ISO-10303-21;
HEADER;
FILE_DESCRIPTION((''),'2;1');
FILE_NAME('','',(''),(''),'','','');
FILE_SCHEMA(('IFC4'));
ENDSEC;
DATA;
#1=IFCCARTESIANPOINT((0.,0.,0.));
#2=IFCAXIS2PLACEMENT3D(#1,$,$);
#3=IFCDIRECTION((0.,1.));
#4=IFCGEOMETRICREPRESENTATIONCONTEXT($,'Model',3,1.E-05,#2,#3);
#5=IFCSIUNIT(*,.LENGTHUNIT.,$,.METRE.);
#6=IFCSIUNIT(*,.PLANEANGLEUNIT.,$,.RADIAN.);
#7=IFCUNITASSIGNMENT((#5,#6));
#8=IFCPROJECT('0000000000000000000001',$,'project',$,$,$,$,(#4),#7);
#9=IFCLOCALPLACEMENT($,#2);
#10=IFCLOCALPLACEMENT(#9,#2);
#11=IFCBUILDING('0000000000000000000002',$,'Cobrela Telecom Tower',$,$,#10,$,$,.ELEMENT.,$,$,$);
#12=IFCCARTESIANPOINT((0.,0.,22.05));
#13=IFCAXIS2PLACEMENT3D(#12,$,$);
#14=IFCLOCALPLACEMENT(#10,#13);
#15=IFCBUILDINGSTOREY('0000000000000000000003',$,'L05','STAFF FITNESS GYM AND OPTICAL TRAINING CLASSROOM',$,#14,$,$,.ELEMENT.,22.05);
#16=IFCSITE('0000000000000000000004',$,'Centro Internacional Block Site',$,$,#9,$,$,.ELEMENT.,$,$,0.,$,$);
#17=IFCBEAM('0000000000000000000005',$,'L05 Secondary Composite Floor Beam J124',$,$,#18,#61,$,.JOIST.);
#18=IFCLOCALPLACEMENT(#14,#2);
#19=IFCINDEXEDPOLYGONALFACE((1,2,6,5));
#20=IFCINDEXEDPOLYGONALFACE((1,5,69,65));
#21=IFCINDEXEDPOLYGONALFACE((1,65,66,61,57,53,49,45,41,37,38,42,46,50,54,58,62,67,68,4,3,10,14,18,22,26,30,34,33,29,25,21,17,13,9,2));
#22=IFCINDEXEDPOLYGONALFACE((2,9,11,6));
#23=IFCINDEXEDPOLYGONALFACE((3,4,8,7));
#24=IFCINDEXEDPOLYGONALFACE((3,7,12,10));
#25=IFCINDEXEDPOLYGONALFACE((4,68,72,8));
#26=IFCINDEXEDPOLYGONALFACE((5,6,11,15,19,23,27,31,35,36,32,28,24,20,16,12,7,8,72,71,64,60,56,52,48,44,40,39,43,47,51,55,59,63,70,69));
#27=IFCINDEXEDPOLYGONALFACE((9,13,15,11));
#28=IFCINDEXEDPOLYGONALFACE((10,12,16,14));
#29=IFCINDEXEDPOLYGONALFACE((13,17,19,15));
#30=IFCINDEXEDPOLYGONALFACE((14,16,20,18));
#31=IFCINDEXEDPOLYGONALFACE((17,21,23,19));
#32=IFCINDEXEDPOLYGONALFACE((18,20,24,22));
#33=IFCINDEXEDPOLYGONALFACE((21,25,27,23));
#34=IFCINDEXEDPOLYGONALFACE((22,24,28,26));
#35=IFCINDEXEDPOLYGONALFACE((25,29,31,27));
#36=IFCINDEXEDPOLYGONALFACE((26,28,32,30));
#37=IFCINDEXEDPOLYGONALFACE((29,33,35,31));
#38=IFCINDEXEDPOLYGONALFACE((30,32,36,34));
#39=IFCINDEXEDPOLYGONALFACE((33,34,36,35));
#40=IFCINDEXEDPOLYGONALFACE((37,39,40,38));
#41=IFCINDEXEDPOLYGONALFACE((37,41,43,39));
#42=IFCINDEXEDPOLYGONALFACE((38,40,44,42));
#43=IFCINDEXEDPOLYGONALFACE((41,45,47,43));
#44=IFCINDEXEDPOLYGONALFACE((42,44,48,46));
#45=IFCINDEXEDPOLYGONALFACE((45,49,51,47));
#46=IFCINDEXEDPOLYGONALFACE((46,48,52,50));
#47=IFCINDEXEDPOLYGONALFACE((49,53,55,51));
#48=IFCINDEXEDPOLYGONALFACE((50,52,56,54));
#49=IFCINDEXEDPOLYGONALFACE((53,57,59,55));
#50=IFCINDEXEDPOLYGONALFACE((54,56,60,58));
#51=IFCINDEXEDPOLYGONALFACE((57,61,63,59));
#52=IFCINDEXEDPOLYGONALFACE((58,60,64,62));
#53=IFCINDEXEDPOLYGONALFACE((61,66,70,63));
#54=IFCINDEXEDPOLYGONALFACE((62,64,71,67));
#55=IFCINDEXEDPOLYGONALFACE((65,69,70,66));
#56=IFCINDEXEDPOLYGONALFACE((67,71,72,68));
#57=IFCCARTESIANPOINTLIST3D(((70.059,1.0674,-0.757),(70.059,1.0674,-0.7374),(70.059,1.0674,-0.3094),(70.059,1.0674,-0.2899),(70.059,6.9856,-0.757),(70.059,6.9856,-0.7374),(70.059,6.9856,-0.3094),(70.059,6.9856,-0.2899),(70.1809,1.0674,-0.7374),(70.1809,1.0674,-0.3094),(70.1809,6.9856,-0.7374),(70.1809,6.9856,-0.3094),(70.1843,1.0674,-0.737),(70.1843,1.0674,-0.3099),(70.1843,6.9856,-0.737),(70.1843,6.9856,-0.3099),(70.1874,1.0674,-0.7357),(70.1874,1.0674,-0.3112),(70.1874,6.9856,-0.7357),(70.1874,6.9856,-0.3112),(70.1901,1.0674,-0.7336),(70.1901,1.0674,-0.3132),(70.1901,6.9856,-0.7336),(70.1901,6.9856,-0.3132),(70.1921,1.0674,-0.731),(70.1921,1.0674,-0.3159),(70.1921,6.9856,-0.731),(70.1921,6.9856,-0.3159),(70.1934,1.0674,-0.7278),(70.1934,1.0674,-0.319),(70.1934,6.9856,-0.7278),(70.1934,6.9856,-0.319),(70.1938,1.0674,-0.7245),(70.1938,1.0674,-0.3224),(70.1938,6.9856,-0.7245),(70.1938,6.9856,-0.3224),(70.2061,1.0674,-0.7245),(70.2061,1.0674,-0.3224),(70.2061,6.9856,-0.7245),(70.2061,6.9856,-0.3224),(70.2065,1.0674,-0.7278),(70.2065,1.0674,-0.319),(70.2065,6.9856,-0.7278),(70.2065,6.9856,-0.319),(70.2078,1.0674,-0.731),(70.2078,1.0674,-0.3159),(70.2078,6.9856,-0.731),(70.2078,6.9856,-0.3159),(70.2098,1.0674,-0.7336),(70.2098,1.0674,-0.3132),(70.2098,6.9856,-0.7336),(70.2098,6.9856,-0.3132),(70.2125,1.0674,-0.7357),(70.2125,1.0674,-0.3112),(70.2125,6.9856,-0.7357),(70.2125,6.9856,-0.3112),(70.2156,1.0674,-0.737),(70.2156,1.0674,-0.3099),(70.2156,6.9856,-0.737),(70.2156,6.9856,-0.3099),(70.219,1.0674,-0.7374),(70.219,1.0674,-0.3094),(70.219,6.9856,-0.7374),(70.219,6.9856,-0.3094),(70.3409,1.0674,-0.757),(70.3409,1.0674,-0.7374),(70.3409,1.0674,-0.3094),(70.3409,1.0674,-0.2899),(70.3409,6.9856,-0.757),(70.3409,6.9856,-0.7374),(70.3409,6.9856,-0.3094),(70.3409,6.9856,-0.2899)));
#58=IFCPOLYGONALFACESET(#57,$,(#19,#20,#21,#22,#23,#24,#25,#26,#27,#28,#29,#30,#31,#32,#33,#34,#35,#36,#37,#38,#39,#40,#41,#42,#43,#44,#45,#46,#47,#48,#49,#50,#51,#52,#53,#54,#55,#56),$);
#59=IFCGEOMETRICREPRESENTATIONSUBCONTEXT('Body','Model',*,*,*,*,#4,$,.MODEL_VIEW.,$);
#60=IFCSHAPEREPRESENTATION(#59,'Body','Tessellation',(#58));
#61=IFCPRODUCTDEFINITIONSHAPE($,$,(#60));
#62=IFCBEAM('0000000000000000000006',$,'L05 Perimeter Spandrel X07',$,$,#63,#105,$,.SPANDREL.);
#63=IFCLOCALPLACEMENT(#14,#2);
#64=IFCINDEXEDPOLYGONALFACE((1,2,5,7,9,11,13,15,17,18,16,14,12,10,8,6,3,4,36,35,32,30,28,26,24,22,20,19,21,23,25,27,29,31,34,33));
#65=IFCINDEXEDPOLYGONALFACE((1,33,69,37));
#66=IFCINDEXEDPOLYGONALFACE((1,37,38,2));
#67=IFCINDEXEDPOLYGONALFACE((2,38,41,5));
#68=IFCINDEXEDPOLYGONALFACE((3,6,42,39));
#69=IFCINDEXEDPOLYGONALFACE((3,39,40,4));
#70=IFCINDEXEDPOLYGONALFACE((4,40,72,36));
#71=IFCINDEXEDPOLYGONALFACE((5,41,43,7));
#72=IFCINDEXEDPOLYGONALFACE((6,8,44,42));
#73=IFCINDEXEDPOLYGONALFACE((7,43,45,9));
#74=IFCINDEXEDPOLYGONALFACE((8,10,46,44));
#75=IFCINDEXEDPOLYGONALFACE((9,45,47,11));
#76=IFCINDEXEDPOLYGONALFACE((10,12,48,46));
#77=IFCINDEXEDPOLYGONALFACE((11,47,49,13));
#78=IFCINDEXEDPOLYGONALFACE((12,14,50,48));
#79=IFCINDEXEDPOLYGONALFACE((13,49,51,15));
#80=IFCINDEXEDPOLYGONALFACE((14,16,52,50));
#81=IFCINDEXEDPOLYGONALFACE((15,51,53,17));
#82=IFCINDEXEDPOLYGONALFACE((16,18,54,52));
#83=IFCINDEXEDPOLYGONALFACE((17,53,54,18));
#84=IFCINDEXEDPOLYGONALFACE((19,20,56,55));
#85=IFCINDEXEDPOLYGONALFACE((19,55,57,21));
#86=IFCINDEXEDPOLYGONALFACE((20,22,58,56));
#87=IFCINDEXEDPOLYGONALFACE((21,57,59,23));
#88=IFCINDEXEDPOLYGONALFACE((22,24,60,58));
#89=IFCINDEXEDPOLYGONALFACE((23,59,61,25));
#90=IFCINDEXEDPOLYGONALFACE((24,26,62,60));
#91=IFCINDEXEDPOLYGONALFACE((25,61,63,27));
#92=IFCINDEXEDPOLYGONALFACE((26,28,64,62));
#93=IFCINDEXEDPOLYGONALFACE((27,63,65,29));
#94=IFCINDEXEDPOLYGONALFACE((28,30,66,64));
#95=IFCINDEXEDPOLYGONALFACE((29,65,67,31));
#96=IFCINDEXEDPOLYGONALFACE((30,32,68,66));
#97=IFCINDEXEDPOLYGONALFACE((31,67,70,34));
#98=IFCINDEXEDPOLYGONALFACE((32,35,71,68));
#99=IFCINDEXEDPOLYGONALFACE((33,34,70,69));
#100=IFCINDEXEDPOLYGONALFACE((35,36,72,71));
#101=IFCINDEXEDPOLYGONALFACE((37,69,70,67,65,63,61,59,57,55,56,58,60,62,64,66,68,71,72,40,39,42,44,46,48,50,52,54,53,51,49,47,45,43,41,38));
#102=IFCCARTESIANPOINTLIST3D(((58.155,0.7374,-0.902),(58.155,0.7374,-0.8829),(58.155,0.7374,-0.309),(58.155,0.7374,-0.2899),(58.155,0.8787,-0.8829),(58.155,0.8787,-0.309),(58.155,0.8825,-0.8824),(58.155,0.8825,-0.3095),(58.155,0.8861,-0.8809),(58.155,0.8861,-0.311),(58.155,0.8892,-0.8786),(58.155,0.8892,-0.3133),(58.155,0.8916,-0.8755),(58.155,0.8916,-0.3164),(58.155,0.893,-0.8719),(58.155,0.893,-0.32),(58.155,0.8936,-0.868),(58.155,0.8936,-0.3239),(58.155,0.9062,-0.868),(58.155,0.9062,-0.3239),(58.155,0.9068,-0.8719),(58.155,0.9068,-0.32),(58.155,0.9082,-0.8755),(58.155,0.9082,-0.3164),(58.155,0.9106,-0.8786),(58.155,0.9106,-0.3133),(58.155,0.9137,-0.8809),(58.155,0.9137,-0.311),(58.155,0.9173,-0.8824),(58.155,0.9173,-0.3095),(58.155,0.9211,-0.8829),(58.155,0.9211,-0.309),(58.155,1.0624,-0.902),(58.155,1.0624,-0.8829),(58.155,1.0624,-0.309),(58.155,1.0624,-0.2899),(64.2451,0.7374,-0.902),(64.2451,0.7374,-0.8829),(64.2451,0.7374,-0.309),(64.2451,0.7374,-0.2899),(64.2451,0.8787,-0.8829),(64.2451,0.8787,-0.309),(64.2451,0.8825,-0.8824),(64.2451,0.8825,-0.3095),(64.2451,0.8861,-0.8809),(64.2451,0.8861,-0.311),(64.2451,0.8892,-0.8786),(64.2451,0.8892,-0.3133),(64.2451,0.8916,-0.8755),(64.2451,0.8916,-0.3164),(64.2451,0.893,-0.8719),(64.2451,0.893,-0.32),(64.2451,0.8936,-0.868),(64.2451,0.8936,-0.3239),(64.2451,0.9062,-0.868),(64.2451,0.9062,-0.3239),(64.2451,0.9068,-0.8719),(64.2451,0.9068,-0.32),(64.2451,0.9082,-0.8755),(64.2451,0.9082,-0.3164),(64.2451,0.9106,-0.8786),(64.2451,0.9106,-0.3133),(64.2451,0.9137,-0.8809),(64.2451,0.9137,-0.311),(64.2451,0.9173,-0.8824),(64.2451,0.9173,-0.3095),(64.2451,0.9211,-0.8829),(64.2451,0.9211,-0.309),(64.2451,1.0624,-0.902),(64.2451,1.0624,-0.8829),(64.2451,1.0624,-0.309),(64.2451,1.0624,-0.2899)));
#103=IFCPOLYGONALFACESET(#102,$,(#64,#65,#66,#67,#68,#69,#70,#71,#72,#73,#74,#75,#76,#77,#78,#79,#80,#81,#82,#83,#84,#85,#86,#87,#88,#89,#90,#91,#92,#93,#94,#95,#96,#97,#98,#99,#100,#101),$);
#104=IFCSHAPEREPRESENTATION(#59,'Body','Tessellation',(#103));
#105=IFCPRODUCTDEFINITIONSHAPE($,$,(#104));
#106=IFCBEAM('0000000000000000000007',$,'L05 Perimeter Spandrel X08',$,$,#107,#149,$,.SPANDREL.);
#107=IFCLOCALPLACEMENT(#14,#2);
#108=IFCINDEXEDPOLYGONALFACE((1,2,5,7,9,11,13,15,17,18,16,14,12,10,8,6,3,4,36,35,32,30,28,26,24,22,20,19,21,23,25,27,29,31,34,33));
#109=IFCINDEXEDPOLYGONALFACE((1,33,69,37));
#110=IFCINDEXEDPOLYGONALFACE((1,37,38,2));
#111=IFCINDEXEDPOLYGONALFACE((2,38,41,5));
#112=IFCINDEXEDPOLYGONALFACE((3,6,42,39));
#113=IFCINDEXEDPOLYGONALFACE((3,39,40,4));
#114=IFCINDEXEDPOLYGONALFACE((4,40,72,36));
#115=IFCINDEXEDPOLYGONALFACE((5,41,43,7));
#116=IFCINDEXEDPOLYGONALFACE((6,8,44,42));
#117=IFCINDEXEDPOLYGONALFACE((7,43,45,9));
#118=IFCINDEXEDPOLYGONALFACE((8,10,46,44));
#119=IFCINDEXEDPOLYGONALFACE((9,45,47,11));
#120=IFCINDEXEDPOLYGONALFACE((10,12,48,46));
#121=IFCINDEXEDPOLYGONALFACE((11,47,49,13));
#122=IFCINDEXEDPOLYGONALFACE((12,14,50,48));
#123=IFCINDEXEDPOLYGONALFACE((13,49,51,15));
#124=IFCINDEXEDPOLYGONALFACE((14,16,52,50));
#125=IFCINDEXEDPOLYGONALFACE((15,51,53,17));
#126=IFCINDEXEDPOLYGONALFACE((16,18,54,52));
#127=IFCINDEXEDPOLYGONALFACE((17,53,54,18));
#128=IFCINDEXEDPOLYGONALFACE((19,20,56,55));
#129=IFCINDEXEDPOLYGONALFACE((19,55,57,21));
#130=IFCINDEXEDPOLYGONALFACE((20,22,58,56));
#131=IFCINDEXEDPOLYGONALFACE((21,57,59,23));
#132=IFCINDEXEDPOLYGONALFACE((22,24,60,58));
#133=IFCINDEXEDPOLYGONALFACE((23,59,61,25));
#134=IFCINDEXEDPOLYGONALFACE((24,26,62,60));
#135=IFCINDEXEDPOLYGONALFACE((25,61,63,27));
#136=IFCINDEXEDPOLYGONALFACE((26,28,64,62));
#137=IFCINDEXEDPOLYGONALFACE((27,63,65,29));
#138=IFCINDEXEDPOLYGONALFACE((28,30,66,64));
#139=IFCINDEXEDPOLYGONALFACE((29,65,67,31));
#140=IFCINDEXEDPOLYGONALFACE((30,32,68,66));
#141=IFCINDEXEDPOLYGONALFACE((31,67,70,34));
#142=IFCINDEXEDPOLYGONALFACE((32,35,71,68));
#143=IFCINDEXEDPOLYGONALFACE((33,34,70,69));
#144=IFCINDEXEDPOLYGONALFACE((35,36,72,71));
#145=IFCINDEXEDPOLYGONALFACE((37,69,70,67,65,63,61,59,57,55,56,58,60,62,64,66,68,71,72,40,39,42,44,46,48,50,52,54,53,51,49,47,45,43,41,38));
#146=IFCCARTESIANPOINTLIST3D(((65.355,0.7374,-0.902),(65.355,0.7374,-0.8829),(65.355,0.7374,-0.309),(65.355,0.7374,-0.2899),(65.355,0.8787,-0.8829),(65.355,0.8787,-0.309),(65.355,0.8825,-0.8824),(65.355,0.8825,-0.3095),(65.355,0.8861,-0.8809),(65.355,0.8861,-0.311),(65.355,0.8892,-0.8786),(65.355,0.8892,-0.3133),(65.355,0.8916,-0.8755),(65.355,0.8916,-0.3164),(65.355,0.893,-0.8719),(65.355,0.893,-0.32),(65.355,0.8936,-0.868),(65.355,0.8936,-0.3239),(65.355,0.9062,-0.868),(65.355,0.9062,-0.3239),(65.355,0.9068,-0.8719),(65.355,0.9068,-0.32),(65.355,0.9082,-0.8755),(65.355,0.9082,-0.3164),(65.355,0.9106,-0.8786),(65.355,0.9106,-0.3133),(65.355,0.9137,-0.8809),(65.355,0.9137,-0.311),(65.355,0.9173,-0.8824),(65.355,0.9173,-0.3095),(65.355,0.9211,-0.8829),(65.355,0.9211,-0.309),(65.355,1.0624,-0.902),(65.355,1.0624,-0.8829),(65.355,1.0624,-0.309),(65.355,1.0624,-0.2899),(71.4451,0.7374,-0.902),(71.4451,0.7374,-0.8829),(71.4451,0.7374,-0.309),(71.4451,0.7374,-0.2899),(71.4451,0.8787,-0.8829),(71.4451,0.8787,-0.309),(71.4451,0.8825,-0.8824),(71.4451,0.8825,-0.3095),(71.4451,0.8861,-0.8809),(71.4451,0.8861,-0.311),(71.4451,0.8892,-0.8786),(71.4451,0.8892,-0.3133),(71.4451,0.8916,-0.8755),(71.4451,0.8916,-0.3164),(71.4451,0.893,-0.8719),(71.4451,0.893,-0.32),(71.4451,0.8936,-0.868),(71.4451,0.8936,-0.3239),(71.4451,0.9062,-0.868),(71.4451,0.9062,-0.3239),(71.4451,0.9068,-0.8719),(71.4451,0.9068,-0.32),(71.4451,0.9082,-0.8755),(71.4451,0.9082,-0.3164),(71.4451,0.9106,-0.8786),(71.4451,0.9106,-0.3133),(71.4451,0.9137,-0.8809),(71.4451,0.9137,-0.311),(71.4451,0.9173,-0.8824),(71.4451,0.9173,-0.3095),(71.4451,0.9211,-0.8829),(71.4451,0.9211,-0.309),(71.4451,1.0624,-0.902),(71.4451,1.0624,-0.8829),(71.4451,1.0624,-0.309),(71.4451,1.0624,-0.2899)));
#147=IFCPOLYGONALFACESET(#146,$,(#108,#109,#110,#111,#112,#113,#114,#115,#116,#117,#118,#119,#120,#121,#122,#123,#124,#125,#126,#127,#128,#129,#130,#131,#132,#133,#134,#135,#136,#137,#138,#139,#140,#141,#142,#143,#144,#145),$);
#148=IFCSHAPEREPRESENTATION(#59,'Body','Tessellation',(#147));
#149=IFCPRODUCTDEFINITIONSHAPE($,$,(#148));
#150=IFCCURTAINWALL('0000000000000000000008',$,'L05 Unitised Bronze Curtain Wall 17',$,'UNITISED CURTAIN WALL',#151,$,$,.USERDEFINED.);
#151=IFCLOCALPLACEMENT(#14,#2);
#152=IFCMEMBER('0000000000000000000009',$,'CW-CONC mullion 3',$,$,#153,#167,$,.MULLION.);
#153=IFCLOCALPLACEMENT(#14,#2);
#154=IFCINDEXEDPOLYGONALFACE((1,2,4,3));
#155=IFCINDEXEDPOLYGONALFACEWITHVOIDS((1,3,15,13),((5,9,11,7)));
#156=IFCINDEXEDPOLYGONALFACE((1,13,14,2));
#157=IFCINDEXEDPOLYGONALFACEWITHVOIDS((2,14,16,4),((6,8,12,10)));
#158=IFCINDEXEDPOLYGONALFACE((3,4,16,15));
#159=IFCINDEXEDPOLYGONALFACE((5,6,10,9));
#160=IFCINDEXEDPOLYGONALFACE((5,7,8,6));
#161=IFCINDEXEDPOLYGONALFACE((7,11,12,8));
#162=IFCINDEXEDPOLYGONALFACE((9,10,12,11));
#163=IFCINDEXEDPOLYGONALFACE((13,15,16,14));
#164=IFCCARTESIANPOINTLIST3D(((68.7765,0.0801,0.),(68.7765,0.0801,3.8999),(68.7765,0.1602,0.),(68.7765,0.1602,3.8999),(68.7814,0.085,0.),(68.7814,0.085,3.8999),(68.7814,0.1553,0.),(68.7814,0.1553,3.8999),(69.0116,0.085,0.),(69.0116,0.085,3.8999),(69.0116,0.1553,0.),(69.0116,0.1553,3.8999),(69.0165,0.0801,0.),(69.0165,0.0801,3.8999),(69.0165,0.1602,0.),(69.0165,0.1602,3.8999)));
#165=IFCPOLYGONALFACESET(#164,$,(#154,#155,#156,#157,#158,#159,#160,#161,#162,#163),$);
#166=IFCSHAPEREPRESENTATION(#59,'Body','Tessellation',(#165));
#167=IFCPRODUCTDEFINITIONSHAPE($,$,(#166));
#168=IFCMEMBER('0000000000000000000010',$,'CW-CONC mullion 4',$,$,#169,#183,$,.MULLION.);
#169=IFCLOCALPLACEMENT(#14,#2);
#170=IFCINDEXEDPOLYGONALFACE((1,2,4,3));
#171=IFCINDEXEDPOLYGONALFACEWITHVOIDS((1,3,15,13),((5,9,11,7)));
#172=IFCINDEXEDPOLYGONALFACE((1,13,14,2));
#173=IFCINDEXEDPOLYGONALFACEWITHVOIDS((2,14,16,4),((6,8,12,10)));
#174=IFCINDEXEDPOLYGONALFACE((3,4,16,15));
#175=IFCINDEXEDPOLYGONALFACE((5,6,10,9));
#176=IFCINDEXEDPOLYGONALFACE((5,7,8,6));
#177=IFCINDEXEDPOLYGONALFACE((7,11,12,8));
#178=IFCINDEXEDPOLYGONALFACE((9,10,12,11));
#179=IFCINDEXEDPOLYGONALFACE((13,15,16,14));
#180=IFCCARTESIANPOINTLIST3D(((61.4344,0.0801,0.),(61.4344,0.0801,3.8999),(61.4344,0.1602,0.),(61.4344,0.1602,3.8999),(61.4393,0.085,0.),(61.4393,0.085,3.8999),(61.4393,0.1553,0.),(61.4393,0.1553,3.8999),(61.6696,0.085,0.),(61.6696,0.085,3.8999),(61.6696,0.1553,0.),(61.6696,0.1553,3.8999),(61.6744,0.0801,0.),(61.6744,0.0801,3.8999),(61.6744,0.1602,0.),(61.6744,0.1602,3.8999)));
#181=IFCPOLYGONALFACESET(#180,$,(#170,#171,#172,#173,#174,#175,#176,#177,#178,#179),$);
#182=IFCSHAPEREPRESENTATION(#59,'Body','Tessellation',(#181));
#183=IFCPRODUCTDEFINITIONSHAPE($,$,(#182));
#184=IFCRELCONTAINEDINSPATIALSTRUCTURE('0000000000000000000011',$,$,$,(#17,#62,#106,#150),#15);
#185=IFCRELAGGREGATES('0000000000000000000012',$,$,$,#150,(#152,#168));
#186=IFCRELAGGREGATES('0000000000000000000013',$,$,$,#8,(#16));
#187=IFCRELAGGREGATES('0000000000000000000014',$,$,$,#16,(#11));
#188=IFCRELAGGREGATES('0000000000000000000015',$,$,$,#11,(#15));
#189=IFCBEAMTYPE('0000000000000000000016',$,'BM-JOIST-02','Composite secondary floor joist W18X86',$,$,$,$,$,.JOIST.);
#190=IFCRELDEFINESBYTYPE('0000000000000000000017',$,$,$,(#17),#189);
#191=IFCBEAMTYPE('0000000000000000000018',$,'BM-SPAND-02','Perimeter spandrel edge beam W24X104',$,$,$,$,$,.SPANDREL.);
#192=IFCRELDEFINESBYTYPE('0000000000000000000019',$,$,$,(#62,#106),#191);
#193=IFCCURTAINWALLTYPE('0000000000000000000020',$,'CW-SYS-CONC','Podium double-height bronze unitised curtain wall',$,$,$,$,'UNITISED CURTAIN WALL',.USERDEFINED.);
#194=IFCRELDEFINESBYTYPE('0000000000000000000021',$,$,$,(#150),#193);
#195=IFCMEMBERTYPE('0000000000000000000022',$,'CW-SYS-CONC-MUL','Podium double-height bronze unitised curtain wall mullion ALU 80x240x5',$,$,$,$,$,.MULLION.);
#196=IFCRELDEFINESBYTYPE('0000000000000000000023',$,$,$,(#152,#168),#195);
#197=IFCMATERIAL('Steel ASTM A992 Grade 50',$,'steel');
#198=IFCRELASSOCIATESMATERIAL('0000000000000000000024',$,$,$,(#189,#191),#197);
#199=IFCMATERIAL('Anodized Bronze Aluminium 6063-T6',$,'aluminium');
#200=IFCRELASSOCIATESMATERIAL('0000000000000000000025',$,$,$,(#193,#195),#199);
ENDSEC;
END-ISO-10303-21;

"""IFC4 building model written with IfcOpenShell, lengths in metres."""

from ifc_helpers import new_model, si_unit, direction, frame, origin, origin_2d, place, context, subcontext, project, spatial, hollow_rectangle, i_section, extrude, material, material_profile, profile_set, type_object, element, aggregate, save


model = new_model("IFC4")

# Units and contexts
model_context = context("Model", 3, precision=1e-05, world=origin(), true_north=direction((0.0, 1.0)))
body_context = subcontext(model_context, "Body", "Model", "MODEL_VIEW")
ifc_project = project(units=[si_unit("LENGTHUNIT", "METRE"), si_unit("PLANEANGLEUNIT", "RADIAN")], contexts=[model_context])

# Site, building, storey
site_placement = place(None, origin())
site = spatial("IfcSite", under=ifc_project, at=site_placement, Name="Centro Internacional Block Site", CompositionType="ELEMENT", RefElevation=0.0)
building_placement = place(site_placement, origin())
building = spatial("IfcBuilding", under=site, at=building_placement, Name="Cobrela Telecom Tower", CompositionType="ELEMENT")
storey_placement = place(building_placement, frame((0.0, 0.0, 22.05)))
storey = spatial("IfcBuildingStorey", under=building, at=storey_placement, Name="L05", Description="STAFF FITNESS GYM AND OPTICAL TRAINING CLASSROOM", CompositionType="ELEMENT", Elevation=22.05)

# Beams
ifc_material_1 = material(Name="Steel ASTM A992 Grade 50", Category="steel")
ifc_material_profile_1 = material_profile(ifc_material_1, i_section(OverallWidth=0.282, OverallDepth=0.467, WebThickness=0.0122, FlangeThickness=0.0195, FilletRadius=0.0129, at=origin_2d()), Name="W18X86")
ifc_profile_set_1 = profile_set([ifc_material_profile_1], Name="Steel ASTM A992 Grade 50")
beam_type_1 = type_object("IfcBeamType", Name="BM-JOIST-02", Description="Composite secondary floor joist W18X86", PredefinedType="JOIST", material=ifc_profile_set_1)
beam_1_placement = place(storey_placement, frame((70.2, 1.0674, -0.5234), z_axis=(0.0, 1.0, 0.0), x_axis=(-1.0, 0.0, 0.0)))
element("IfcBeam", 1, at=beam_1_placement, inside=storey, type_object=beam_type_1, Name="L05 Secondary Composite Floor Beam J124", PredefinedType="JOIST", context=body_context, shape_type="SweptSolid", body=[
    extrude(i_section(OverallWidth=0.282, OverallDepth=0.467, WebThickness=0.0122, FlangeThickness=0.0195, FilletRadius=0.0129, at=origin_2d()), origin(), (0.0, 0.0, 1.0), 5.9182),
])
ifc_material_profile_2 = material_profile(ifc_material_1, i_section(OverallWidth=0.325, OverallDepth=0.6121, WebThickness=0.0127, FlangeThickness=0.019, FilletRadius=0.0149, at=origin_2d()), Name="W24X104")
ifc_profile_set_2 = profile_set([ifc_material_profile_2], Name="Steel ASTM A992 Grade 50")
beam_type_2 = type_object("IfcBeamType", Name="BM-SPAND-02", Description="Perimeter spandrel edge beam W24X104", PredefinedType="SPANDREL", material=ifc_profile_set_2)
for number, where, z_axis, x_axis, name in (
    (2, (58.155, 0.8999, -0.5959), (1.0, 0.0, 0.0), (0.0, 1.0, 0.0), "L05 Perimeter Spandrel X07"),
    (3, (65.355, 0.8999, -0.5959), (1.0, 0.0, 0.0), (0.0, 1.0, 0.0), "L05 Perimeter Spandrel X08"),
):
    element("IfcBeam", number, at=place(storey_placement, frame(where, z_axis=z_axis, x_axis=x_axis)), inside=storey, type_object=beam_type_2, Name=name, PredefinedType="SPANDREL", context=body_context, shape_type="SweptSolid", body=[
        extrude(i_section(OverallWidth=0.325, OverallDepth=0.6121, WebThickness=0.0127, FlangeThickness=0.019, FilletRadius=0.0149, at=origin_2d()), origin(), (0.0, 0.0, 1.0), 6.0901),
    ])

# Curtain wall, members
ifc_material_2 = material(Name="Anodized Bronze Aluminium 6063-T6", Category="aluminium")
curtain_wall_type = type_object("IfcCurtainWallType", Name="CW-SYS-CONC", Description="Podium double-height bronze unitised curtain wall", ElementType="UNITISED CURTAIN WALL", PredefinedType="USERDEFINED", material=ifc_material_2)
curtain_wall_placement = place(storey_placement, origin())
curtain_wall = element("IfcCurtainWall", 4, at=curtain_wall_placement, inside=storey, type_object=curtain_wall_type, Name="L05 Unitised Bronze Curtain Wall 17", ObjectType="UNITISED CURTAIN WALL", PredefinedType="USERDEFINED")
ifc_material_profile_3 = material_profile(ifc_material_2, hollow_rectangle(XDim=0.0801, YDim=0.24, WallThickness=0.0049, at=origin_2d()), Name="ALU 80x240x5")
ifc_profile_set_3 = profile_set([ifc_material_profile_3], Name="Anodized Bronze Aluminium 6063-T6")
member_type_1 = type_object("IfcMemberType", Name="CW-SYS-CONC-MUL", Description="Podium double-height bronze unitised curtain wall mullion ALU 80x240x5", PredefinedType="MULLION", material=ifc_profile_set_3)
member_1_placement = place(storey_placement, frame((68.8965, 0.1201, 0.0), z_axis=(0.0, 0.0, 1.0), x_axis=(0.0, -1.0, 0.0)))
member_1 = element("IfcMember", 5, at=member_1_placement, type_object=member_type_1, Name="CW-CONC mullion 3", PredefinedType="MULLION", context=body_context, shape_type="SweptSolid", body=[
    extrude(hollow_rectangle(XDim=0.0801, YDim=0.24, WallThickness=0.0049, at=origin_2d()), origin(), (0.0, 0.0, 1.0), 3.8999),
])
member_2_placement = place(storey_placement, frame((61.5544, 0.1201, 0.0), z_axis=(0.0, 0.0, 1.0), x_axis=(0.0, -1.0, 0.0)))
member_2 = element("IfcMember", 6, at=member_2_placement, type_object=member_type_1, Name="CW-CONC mullion 4", PredefinedType="MULLION", context=body_context, shape_type="SweptSolid", body=[
    extrude(hollow_rectangle(XDim=0.0801, YDim=0.24, WallThickness=0.0049, at=origin_2d()), origin(), (0.0, 0.0, 1.0), 3.8999),
])
aggregate(curtain_wall, [member_1, member_2])

save(model, "model.ifc")
